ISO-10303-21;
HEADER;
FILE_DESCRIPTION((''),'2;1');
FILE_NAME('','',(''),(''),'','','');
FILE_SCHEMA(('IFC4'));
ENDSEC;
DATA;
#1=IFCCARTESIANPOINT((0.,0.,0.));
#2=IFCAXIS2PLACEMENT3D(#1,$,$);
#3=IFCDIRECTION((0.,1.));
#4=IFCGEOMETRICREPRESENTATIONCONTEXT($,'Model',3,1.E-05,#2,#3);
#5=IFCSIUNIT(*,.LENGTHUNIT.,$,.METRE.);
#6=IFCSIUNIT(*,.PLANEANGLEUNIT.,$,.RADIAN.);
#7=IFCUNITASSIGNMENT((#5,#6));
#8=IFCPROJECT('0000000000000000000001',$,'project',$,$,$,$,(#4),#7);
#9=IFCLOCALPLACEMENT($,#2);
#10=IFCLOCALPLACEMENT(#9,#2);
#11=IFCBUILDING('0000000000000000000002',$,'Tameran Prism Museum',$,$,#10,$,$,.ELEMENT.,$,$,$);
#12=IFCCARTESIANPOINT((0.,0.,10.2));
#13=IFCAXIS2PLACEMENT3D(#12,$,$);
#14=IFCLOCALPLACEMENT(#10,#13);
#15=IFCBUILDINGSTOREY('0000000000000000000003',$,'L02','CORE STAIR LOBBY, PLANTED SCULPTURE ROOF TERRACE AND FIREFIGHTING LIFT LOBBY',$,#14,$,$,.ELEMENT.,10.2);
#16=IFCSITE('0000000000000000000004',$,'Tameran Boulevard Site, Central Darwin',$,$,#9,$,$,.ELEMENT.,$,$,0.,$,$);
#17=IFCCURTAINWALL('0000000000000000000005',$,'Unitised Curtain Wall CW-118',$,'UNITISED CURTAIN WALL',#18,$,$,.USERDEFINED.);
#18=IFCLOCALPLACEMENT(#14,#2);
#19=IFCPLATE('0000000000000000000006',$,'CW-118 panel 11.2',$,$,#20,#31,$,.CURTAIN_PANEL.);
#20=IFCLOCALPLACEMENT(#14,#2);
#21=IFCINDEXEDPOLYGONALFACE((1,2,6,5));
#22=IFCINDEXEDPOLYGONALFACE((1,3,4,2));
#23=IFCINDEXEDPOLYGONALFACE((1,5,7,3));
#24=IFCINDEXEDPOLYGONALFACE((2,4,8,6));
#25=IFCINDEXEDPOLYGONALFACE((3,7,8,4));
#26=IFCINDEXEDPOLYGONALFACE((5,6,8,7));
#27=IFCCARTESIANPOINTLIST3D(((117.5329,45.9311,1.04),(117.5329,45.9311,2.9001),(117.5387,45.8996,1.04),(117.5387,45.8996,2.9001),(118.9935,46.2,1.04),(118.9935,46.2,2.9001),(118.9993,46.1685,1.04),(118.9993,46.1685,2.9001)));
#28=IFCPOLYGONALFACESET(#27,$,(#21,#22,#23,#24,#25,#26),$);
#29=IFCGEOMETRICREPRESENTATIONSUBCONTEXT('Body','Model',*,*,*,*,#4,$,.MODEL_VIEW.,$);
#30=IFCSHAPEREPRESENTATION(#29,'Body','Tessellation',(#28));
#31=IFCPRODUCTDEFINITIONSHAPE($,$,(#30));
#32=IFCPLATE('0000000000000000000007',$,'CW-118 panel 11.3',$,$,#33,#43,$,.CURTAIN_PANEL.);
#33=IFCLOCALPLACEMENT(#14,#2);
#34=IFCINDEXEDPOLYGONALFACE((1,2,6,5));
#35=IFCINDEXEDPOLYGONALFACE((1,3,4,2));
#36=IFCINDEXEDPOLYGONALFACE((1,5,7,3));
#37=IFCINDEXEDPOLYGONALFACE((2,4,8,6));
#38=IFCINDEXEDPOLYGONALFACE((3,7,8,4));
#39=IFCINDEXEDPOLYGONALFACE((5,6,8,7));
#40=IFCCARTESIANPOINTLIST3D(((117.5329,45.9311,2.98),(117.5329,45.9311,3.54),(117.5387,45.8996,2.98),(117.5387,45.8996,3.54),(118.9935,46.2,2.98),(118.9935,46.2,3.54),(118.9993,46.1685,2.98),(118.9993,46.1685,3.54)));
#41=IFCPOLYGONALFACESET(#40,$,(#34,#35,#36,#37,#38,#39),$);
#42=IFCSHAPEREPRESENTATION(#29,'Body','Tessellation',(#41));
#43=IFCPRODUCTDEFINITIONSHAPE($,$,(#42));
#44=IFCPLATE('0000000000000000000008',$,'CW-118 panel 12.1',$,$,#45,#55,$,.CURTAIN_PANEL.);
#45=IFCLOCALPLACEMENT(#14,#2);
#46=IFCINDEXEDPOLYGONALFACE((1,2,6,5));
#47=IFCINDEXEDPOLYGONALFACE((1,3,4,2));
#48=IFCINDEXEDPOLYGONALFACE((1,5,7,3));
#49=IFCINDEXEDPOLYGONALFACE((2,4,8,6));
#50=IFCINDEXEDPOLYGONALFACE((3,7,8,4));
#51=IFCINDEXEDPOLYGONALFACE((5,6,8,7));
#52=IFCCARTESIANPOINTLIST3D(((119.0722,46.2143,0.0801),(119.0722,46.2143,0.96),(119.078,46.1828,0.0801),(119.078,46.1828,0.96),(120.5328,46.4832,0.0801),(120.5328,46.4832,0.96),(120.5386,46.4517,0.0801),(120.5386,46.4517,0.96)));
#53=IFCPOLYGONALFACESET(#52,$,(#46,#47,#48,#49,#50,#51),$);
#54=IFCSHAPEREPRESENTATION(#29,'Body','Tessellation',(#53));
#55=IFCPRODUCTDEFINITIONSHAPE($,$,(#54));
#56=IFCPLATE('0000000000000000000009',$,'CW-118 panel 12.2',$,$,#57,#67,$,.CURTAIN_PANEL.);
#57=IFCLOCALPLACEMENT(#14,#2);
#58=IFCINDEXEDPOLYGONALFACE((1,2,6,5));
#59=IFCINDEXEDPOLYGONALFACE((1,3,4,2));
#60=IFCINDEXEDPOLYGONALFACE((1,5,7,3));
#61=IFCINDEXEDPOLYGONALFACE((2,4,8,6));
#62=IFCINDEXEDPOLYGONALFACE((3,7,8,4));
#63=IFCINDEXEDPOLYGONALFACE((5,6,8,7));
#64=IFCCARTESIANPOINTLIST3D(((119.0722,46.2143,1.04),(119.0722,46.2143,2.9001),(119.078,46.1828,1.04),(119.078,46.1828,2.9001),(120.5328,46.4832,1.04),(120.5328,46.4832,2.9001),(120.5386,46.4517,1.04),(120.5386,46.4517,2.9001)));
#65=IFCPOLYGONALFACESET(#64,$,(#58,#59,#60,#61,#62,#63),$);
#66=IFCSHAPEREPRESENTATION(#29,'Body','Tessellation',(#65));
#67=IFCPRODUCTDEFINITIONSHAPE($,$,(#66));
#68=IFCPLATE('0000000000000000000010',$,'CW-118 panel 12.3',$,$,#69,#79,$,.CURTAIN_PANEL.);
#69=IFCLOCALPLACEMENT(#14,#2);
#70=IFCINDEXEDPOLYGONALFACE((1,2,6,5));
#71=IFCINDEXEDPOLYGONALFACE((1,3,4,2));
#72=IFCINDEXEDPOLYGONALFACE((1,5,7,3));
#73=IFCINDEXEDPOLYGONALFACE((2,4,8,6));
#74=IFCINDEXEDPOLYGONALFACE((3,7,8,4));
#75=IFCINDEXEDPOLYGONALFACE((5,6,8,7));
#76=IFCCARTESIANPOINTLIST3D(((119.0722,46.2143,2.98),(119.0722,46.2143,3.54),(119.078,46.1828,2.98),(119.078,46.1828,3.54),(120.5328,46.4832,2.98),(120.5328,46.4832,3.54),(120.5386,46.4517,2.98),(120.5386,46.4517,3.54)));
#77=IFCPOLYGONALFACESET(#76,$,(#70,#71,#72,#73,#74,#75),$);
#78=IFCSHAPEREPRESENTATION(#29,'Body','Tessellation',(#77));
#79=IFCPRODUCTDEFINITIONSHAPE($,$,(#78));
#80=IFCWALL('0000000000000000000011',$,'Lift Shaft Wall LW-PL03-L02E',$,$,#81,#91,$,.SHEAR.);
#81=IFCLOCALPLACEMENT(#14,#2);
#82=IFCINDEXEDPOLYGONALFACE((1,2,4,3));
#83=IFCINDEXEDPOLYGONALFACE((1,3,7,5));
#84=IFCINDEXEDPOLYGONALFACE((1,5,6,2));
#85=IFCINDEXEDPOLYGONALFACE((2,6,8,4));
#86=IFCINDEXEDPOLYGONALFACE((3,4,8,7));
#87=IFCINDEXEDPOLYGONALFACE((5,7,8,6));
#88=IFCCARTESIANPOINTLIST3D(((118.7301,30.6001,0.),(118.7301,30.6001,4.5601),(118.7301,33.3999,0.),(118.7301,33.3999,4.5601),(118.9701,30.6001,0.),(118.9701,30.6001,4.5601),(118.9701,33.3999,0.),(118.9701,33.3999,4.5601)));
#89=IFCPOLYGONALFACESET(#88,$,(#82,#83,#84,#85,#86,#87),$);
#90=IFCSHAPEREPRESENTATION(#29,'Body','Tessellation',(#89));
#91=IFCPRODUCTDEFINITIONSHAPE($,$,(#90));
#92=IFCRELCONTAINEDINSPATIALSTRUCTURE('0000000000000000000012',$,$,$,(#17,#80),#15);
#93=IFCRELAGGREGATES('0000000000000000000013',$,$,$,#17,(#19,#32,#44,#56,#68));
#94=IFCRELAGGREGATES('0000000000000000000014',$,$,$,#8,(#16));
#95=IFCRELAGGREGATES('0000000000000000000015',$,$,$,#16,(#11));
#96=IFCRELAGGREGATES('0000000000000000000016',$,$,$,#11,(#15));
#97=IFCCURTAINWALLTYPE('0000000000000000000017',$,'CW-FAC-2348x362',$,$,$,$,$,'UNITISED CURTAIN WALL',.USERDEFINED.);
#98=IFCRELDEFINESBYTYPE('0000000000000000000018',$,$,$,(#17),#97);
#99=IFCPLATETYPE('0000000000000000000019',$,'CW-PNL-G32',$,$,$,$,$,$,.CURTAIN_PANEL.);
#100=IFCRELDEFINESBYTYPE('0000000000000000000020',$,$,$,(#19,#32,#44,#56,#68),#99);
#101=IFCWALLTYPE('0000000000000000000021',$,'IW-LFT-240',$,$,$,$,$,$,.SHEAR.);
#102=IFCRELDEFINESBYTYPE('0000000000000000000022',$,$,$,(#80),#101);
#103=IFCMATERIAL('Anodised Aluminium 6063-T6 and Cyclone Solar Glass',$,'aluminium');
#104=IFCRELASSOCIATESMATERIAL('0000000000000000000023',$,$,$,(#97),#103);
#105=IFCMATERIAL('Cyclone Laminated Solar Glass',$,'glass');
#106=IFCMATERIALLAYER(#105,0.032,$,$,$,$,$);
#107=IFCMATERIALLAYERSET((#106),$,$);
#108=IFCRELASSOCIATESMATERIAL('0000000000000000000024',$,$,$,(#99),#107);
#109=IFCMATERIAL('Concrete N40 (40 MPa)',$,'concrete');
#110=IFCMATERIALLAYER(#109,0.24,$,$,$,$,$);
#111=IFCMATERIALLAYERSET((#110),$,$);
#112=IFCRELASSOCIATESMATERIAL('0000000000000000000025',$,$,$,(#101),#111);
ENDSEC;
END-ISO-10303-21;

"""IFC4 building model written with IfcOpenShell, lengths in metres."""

from ifc_helpers import new_model, si_unit, direction, frame, frame_2d, origin, origin_2d, place, context, subcontext, project, spatial, rectangle, extrude, material, layer, layer_set, type_object, element, aggregate, save


model = new_model("IFC4")

# Units and contexts
model_context = context("Model", 3, precision=1e-05, world=origin(), true_north=direction((0.0, 1.0)))
body_context = subcontext(model_context, "Body", "Model", "MODEL_VIEW")
ifc_project = project(units=[si_unit("LENGTHUNIT", "METRE"), si_unit("PLANEANGLEUNIT", "RADIAN")], contexts=[model_context])

# Site, building, storey
site_placement = place(None, origin())
site = spatial("IfcSite", under=ifc_project, at=site_placement, Name="Tameran Boulevard Site, Central Darwin", CompositionType="ELEMENT", RefElevation=0.0)
building_placement = place(site_placement, origin())
building = spatial("IfcBuilding", under=site, at=building_placement, Name="Tameran Prism Museum", CompositionType="ELEMENT")
storey_placement = place(building_placement, frame((0.0, 0.0, 10.2)))
storey = spatial("IfcBuildingStorey", under=building, at=storey_placement, Name="L02", Description="CORE STAIR LOBBY, PLANTED SCULPTURE ROOF TERRACE AND FIREFIGHTING LIFT LOBBY", CompositionType="ELEMENT", Elevation=10.2)

# Curtain wall, plates
ifc_material_1 = material(Name="Anodised Aluminium 6063-T6 and Cyclone Solar Glass", Category="aluminium")
curtain_wall_type = type_object("IfcCurtainWallType", Name="CW-FAC-2348x362", ElementType="UNITISED CURTAIN WALL", PredefinedType="USERDEFINED", material=ifc_material_1)
curtain_wall_placement = place(storey_placement, origin())
curtain_wall = element("IfcCurtainWall", 1, at=curtain_wall_placement, inside=storey, type_object=curtain_wall_type, Name="Unitised Curtain Wall CW-118", ObjectType="UNITISED CURTAIN WALL", PredefinedType="USERDEFINED")
ifc_material_2 = material(Name="Cyclone Laminated Solar Glass", Category="glass")
ifc_layer_1 = layer(ifc_material_2, 0.032)
ifc_layer_set_1 = layer_set([ifc_layer_1])
plate_type = type_object("IfcPlateType", Name="CW-PNL-G32", PredefinedType="CURTAIN_PANEL", material=ifc_layer_set_1)
plate_1_placement = place(storey_placement, frame((118.2661, 46.0498, 1.04), z_axis=(0.0, 0.0, 1.0), x_axis=(0.983472, 0.181063, 0.0)))
plate_1 = element("IfcPlate", 2, at=plate_1_placement, type_object=plate_type, Name="CW-118 panel 11.2", PredefinedType="CURTAIN_PANEL", context=body_context, shape_type="SweptSolid", body=[
    extrude(rectangle(XDim=1.4851, YDim=0.032, at=origin_2d()), origin(), (0.0, 0.0, 1.0), 1.8601),
])
plate_2_placement = place(storey_placement, frame((118.2661, 46.0498, 2.98), z_axis=(0.0, 0.0, 1.0), x_axis=(0.983472, 0.181063, 0.0)))
plate_2 = element("IfcPlate", 3, at=plate_2_placement, type_object=plate_type, Name="CW-118 panel 11.3", PredefinedType="CURTAIN_PANEL", context=body_context, shape_type="SweptSolid", body=[
    extrude(rectangle(XDim=1.4851, YDim=0.032, at=origin_2d()), origin(), (0.0, 0.0, 1.0), 0.5601),
])
plate_3_placement = place(storey_placement, frame((119.8054, 46.333, 0.0801), z_axis=(0.0, 0.0, 1.0), x_axis=(0.983472, 0.181063, 0.0)))
plate_3 = element("IfcPlate", 4, at=plate_3_placement, type_object=plate_type, Name="CW-118 panel 12.1", PredefinedType="CURTAIN_PANEL", context=body_context, shape_type="SweptSolid", body=[
    extrude(rectangle(XDim=1.4851, YDim=0.032, at=origin_2d()), origin(), (0.0, 0.0, 1.0), 0.8799),
])
plate_4_placement = place(storey_placement, frame((119.8054, 46.333, 1.04), z_axis=(0.0, 0.0, 1.0), x_axis=(0.983472, 0.181063, 0.0)))
plate_4 = element("IfcPlate", 5, at=plate_4_placement, type_object=plate_type, Name="CW-118 panel 12.2", PredefinedType="CURTAIN_PANEL", context=body_context, shape_type="SweptSolid", body=[
    extrude(rectangle(XDim=1.4851, YDim=0.032, at=origin_2d()), origin(), (0.0, 0.0, 1.0), 1.8601),
])
plate_5_placement = place(storey_placement, frame((119.8054, 46.333, 2.98), z_axis=(0.0, 0.0, 1.0), x_axis=(0.983472, 0.181063, 0.0)))
plate_5 = element("IfcPlate", 6, at=plate_5_placement, type_object=plate_type, Name="CW-118 panel 12.3", PredefinedType="CURTAIN_PANEL", context=body_context, shape_type="SweptSolid", body=[
    extrude(rectangle(XDim=1.4851, YDim=0.032, at=origin_2d()), origin(), (0.0, 0.0, 1.0), 0.5601),
])
aggregate(curtain_wall, [plate_1, plate_2, plate_3, plate_4, plate_5])

# Wall
ifc_material_3 = material(Name="Concrete N40 (40 MPa)", Category="concrete")
ifc_layer_2 = layer(ifc_material_3, 0.24)
ifc_layer_set_2 = layer_set([ifc_layer_2])
wall_type = type_object("IfcWallType", Name="IW-LFT-240", PredefinedType="SHEAR", material=ifc_layer_set_2)
wall_placement = place(storey_placement, frame((118.8501, 33.3999, 0.0), z_axis=(0.0, 0.0, 1.0), x_axis=(0.0, -1.0, 0.0)))
element("IfcWall", 7, at=wall_placement, inside=storey, type_object=wall_type, Name="Lift Shaft Wall LW-PL03-L02E", PredefinedType="SHEAR", context=body_context, shape_type="SweptSolid", body=[
    extrude(rectangle(XDim=2.7998, YDim=0.24, at=frame_2d((1.3999, 0.0))), origin(), (0.0, 0.0, 1.0), 4.5601),
])

save(model, "model.ifc")
